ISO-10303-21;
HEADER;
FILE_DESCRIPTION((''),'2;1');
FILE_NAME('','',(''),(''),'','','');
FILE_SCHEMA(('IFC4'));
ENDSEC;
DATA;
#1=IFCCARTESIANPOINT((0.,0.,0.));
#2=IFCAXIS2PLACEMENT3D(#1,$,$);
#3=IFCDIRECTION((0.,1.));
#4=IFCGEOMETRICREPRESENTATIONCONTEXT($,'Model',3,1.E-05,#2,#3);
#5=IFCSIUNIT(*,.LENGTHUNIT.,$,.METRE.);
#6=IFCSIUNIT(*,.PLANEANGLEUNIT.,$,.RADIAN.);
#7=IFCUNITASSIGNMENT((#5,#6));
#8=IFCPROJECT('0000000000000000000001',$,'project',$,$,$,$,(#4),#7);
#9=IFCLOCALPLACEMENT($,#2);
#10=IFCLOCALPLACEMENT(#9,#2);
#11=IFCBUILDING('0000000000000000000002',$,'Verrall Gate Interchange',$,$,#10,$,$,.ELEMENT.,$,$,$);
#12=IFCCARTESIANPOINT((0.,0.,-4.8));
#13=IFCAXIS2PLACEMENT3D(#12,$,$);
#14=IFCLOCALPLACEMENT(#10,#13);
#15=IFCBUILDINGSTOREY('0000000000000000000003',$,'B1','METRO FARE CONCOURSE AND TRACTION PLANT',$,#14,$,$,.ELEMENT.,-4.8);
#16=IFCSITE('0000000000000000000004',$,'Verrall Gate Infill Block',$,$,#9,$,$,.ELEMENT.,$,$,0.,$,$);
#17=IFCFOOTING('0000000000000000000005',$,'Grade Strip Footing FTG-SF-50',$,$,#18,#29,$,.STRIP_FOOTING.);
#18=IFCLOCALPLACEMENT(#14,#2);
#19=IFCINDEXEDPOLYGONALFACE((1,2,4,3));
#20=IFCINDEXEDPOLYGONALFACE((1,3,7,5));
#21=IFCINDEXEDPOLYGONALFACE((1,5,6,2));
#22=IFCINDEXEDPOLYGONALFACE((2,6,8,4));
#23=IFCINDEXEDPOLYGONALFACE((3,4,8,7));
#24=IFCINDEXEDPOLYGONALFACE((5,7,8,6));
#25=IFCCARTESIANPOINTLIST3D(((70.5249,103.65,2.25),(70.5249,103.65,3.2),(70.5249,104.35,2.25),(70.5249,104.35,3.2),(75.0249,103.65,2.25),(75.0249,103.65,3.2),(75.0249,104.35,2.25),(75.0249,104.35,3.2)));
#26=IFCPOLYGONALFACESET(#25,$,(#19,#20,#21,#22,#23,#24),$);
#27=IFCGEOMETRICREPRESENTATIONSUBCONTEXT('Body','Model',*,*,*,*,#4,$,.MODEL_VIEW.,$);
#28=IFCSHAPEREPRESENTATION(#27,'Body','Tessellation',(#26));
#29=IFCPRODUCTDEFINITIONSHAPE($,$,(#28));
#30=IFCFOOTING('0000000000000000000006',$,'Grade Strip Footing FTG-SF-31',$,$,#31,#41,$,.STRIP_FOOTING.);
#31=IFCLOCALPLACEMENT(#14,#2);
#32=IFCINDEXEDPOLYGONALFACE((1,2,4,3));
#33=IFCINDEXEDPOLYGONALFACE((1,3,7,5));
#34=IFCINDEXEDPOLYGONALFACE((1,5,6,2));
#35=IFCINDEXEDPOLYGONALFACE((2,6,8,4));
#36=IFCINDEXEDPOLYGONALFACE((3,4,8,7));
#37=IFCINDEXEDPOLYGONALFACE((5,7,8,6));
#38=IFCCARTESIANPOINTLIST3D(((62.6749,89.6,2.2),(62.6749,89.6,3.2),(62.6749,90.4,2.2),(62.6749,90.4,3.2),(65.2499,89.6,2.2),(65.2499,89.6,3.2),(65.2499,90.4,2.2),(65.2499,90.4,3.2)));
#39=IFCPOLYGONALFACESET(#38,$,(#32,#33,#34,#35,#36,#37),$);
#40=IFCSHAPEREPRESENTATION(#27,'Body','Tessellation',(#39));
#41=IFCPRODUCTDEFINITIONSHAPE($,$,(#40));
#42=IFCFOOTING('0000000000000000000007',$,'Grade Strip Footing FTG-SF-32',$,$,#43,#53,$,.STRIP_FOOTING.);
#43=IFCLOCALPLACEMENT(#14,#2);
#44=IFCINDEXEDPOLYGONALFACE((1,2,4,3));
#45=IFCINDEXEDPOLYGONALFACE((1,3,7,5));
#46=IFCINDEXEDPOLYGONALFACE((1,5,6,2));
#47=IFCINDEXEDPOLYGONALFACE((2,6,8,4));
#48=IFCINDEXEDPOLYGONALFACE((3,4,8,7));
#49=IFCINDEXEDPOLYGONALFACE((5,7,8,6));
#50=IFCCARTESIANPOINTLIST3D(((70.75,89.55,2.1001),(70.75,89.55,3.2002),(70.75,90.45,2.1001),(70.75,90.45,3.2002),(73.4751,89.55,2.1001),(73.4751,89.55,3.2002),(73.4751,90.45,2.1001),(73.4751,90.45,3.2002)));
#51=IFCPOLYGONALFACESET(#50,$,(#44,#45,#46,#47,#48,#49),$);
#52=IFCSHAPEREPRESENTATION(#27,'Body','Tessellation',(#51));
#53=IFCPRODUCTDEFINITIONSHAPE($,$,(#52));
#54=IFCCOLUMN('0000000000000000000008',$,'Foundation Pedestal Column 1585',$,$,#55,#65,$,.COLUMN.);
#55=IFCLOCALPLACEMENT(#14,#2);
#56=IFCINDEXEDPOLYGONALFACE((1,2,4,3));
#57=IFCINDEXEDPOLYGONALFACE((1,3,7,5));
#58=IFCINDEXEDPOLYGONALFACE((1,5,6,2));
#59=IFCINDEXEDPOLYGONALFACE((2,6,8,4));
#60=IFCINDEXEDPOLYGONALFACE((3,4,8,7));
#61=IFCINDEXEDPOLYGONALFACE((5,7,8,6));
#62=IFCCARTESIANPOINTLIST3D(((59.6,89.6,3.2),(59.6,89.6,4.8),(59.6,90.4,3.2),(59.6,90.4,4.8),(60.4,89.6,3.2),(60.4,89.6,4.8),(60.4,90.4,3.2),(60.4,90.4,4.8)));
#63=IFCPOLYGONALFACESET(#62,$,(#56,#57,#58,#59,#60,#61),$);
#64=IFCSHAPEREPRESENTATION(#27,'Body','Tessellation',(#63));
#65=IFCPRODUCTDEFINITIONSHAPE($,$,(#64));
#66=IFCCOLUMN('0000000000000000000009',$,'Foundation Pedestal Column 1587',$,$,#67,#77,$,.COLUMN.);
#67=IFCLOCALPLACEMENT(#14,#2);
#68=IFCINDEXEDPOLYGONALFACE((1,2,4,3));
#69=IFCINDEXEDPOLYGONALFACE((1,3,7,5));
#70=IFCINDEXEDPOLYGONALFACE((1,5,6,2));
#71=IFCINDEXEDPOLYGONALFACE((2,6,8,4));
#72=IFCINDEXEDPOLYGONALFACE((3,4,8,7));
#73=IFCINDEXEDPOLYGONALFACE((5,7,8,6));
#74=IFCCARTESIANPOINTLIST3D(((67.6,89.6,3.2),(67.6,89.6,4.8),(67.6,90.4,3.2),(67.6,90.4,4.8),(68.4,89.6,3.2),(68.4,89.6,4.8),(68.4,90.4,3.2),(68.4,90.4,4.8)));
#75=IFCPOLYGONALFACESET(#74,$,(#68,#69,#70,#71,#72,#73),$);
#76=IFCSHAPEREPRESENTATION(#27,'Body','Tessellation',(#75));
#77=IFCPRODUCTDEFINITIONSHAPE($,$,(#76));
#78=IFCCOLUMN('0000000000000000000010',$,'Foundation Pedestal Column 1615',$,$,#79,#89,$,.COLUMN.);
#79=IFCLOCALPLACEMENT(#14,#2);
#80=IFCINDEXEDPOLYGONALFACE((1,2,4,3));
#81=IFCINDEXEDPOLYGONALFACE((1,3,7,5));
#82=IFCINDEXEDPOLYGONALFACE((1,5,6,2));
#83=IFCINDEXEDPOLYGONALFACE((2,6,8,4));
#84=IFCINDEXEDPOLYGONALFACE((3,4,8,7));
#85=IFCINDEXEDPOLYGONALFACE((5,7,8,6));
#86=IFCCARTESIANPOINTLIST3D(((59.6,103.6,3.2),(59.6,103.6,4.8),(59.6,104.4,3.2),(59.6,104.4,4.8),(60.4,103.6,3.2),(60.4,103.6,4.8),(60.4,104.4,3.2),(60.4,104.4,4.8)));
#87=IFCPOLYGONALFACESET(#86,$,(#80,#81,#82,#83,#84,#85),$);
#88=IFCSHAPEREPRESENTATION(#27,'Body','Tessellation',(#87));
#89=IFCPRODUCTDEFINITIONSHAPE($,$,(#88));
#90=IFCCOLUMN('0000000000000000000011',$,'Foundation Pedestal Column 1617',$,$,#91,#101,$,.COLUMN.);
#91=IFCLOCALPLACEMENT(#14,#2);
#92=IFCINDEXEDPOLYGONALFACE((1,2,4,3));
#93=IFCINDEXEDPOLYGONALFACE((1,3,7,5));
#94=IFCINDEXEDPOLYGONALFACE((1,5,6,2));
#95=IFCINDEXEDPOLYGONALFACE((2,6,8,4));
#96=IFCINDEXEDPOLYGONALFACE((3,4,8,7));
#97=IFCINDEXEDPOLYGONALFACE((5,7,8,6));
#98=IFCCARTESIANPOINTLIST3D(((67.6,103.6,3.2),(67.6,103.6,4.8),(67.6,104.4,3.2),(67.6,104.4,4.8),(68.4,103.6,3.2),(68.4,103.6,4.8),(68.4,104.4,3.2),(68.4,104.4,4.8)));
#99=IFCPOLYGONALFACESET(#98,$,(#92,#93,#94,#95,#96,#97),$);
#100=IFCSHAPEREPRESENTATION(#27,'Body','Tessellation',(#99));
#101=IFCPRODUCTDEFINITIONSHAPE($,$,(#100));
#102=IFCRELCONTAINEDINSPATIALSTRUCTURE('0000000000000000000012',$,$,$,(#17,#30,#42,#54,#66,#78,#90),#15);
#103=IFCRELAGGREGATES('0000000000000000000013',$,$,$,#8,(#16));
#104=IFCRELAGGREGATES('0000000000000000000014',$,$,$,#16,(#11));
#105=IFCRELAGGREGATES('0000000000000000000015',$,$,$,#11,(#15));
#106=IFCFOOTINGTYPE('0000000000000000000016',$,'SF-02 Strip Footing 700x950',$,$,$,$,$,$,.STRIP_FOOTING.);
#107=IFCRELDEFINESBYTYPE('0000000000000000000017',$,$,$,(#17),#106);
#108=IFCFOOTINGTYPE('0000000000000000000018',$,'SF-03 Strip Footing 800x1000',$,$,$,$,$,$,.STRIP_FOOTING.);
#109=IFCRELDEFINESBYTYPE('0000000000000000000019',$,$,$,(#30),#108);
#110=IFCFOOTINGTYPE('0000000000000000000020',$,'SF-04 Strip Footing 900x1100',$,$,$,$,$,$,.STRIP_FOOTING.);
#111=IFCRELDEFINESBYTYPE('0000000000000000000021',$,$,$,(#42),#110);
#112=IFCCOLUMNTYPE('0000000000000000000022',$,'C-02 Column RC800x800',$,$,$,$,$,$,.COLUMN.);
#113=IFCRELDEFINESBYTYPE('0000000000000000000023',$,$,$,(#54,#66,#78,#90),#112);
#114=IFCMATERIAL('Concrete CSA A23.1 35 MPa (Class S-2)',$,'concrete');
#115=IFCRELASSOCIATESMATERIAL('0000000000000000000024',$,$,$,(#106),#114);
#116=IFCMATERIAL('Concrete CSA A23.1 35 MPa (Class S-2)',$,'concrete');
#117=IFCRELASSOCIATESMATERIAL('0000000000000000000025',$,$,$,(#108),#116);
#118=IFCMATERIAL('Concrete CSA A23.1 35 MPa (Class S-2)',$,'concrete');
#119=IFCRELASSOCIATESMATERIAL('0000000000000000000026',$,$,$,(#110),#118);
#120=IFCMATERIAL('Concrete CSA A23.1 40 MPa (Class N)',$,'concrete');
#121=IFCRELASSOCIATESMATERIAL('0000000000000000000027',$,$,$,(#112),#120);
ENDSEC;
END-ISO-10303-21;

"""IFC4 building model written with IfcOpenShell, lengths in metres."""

from ifc_helpers import new_model, si_unit, direction, frame, origin, origin_2d, place, context, subcontext, project, spatial, rectangle, extrude, material, material_profile, profile_set, type_object, element, save


model = new_model("IFC4")

# Units and contexts
model_context = context("Model", 3, precision=1e-05, world=origin(), true_north=direction((0.0, 1.0)))
body_context = subcontext(model_context, "Body", "Model", "MODEL_VIEW")
ifc_project = project(units=[si_unit("LENGTHUNIT", "METRE"), si_unit("PLANEANGLEUNIT", "RADIAN")], contexts=[model_context])

# Site, building, storey
site_placement = place(None, origin())
site = spatial("IfcSite", under=ifc_project, at=site_placement, Name="Verrall Gate Infill Block", CompositionType="ELEMENT", RefElevation=0.0)
building_placement = place(site_placement, origin())
building = spatial("IfcBuilding", under=site, at=building_placement, Name="Verrall Gate Interchange", CompositionType="ELEMENT")
storey_placement = place(building_placement, frame((0.0, 0.0, -4.8)))
storey = spatial("IfcBuildingStorey", under=building, at=storey_placement, Name="B1", Description="METRO FARE CONCOURSE AND TRACTION PLANT", CompositionType="ELEMENT", Elevation=-4.8)

# Footings
ifc_material_1 = material(Name="Concrete CSA A23.1 35 MPa (Class S-2)", Category="concrete")
footing_type_1 = type_object("IfcFootingType", Name="SF-02 Strip Footing 700x950", PredefinedType="STRIP_FOOTING", material=ifc_material_1)
footing_1_placement = place(storey_placement, frame((72.7749, 104.0, 2.25), z_axis=(0.0, 0.0, 1.0), x_axis=(1.0, 0.0, 0.0)))
element("IfcFooting", 1, at=footing_1_placement, inside=storey, type_object=footing_type_1, Name="Grade Strip Footing FTG-SF-50", PredefinedType="STRIP_FOOTING", context=body_context, shape_type="SweptSolid", body=[
    extrude(rectangle(XDim=4.5, YDim=0.7, at=origin_2d()), origin(), (0.0, 0.0, 1.0), 0.95),
])
ifc_material_2 = material(Name="Concrete CSA A23.1 35 MPa (Class S-2)", Category="concrete")
footing_type_2 = type_object("IfcFootingType", Name="SF-03 Strip Footing 800x1000", PredefinedType="STRIP_FOOTING", material=ifc_material_2)
footing_2_placement = place(storey_placement, frame((63.9624, 90.0, 2.2), z_axis=(0.0, 0.0, 1.0), x_axis=(1.0, 0.0, 0.0)))
element("IfcFooting", 2, at=footing_2_placement, inside=storey, type_object=footing_type_2, Name="Grade Strip Footing FTG-SF-31", PredefinedType="STRIP_FOOTING", context=body_context, shape_type="SweptSolid", body=[
    extrude(rectangle(XDim=2.575, YDim=0.8, at=origin_2d()), origin(), (0.0, 0.0, 1.0), 1.0),
])
ifc_material_3 = material(Name="Concrete CSA A23.1 35 MPa (Class S-2)", Category="concrete")
footing_type_3 = type_object("IfcFootingType", Name="SF-04 Strip Footing 900x1100", PredefinedType="STRIP_FOOTING", material=ifc_material_3)
footing_3_placement = place(storey_placement, frame((72.1125, 90.0, 2.1001), z_axis=(0.0, 0.0, 1.0), x_axis=(1.0, 0.0, 0.0)))
element("IfcFooting", 3, at=footing_3_placement, inside=storey, type_object=footing_type_3, Name="Grade Strip Footing FTG-SF-32", PredefinedType="STRIP_FOOTING", context=body_context, shape_type="SweptSolid", body=[
    extrude(rectangle(XDim=2.7251, YDim=0.8999, at=origin_2d()), origin(), (0.0, 0.0, 1.0), 1.1001),
])

# Columns
ifc_material_4 = material(Name="Concrete CSA A23.1 40 MPa (Class N)", Category="concrete")
ifc_material_profile_1 = material_profile(ifc_material_4, rectangle(XDim=0.8, YDim=0.8, at=origin_2d()), Name="RC800x800")
ifc_profile_set_1 = profile_set([ifc_material_profile_1], Name="Concrete CSA A23.1 40 MPa (Class N)")
column_type = type_object("IfcColumnType", Name="C-02 Column RC800x800", PredefinedType="COLUMN", material=ifc_profile_set_1)
for number, where, z_axis, x_axis, name in (
    (4, (60.0, 90.0, 3.2), (0.0, 0.0, 1.0), (1.0, 0.0, 0.0), "Foundation Pedestal Column 1585"),
    (5, (68.0, 90.0, 3.2), (0.0, 0.0, 1.0), (1.0, 0.0, 0.0), "Foundation Pedestal Column 1587"),
    (6, (60.0, 104.0, 3.2), (0.0, 0.0, 1.0), (1.0, 0.0, 0.0), "Foundation Pedestal Column 1615"),
    (7, (68.0, 104.0, 3.2), (0.0, 0.0, 1.0), (1.0, 0.0, 0.0), "Foundation Pedestal Column 1617"),
):
    element("IfcColumn", number, at=place(storey_placement, frame(where, z_axis=z_axis, x_axis=x_axis)), inside=storey, type_object=column_type, Name=name, PredefinedType="COLUMN", context=body_context, shape_type="SweptSolid", body=[
        extrude(rectangle(XDim=0.8, YDim=0.8, at=origin_2d()), origin(), (0.0, 0.0, 1.0), 1.6001),
    ])

save(model, "model.ifc")
